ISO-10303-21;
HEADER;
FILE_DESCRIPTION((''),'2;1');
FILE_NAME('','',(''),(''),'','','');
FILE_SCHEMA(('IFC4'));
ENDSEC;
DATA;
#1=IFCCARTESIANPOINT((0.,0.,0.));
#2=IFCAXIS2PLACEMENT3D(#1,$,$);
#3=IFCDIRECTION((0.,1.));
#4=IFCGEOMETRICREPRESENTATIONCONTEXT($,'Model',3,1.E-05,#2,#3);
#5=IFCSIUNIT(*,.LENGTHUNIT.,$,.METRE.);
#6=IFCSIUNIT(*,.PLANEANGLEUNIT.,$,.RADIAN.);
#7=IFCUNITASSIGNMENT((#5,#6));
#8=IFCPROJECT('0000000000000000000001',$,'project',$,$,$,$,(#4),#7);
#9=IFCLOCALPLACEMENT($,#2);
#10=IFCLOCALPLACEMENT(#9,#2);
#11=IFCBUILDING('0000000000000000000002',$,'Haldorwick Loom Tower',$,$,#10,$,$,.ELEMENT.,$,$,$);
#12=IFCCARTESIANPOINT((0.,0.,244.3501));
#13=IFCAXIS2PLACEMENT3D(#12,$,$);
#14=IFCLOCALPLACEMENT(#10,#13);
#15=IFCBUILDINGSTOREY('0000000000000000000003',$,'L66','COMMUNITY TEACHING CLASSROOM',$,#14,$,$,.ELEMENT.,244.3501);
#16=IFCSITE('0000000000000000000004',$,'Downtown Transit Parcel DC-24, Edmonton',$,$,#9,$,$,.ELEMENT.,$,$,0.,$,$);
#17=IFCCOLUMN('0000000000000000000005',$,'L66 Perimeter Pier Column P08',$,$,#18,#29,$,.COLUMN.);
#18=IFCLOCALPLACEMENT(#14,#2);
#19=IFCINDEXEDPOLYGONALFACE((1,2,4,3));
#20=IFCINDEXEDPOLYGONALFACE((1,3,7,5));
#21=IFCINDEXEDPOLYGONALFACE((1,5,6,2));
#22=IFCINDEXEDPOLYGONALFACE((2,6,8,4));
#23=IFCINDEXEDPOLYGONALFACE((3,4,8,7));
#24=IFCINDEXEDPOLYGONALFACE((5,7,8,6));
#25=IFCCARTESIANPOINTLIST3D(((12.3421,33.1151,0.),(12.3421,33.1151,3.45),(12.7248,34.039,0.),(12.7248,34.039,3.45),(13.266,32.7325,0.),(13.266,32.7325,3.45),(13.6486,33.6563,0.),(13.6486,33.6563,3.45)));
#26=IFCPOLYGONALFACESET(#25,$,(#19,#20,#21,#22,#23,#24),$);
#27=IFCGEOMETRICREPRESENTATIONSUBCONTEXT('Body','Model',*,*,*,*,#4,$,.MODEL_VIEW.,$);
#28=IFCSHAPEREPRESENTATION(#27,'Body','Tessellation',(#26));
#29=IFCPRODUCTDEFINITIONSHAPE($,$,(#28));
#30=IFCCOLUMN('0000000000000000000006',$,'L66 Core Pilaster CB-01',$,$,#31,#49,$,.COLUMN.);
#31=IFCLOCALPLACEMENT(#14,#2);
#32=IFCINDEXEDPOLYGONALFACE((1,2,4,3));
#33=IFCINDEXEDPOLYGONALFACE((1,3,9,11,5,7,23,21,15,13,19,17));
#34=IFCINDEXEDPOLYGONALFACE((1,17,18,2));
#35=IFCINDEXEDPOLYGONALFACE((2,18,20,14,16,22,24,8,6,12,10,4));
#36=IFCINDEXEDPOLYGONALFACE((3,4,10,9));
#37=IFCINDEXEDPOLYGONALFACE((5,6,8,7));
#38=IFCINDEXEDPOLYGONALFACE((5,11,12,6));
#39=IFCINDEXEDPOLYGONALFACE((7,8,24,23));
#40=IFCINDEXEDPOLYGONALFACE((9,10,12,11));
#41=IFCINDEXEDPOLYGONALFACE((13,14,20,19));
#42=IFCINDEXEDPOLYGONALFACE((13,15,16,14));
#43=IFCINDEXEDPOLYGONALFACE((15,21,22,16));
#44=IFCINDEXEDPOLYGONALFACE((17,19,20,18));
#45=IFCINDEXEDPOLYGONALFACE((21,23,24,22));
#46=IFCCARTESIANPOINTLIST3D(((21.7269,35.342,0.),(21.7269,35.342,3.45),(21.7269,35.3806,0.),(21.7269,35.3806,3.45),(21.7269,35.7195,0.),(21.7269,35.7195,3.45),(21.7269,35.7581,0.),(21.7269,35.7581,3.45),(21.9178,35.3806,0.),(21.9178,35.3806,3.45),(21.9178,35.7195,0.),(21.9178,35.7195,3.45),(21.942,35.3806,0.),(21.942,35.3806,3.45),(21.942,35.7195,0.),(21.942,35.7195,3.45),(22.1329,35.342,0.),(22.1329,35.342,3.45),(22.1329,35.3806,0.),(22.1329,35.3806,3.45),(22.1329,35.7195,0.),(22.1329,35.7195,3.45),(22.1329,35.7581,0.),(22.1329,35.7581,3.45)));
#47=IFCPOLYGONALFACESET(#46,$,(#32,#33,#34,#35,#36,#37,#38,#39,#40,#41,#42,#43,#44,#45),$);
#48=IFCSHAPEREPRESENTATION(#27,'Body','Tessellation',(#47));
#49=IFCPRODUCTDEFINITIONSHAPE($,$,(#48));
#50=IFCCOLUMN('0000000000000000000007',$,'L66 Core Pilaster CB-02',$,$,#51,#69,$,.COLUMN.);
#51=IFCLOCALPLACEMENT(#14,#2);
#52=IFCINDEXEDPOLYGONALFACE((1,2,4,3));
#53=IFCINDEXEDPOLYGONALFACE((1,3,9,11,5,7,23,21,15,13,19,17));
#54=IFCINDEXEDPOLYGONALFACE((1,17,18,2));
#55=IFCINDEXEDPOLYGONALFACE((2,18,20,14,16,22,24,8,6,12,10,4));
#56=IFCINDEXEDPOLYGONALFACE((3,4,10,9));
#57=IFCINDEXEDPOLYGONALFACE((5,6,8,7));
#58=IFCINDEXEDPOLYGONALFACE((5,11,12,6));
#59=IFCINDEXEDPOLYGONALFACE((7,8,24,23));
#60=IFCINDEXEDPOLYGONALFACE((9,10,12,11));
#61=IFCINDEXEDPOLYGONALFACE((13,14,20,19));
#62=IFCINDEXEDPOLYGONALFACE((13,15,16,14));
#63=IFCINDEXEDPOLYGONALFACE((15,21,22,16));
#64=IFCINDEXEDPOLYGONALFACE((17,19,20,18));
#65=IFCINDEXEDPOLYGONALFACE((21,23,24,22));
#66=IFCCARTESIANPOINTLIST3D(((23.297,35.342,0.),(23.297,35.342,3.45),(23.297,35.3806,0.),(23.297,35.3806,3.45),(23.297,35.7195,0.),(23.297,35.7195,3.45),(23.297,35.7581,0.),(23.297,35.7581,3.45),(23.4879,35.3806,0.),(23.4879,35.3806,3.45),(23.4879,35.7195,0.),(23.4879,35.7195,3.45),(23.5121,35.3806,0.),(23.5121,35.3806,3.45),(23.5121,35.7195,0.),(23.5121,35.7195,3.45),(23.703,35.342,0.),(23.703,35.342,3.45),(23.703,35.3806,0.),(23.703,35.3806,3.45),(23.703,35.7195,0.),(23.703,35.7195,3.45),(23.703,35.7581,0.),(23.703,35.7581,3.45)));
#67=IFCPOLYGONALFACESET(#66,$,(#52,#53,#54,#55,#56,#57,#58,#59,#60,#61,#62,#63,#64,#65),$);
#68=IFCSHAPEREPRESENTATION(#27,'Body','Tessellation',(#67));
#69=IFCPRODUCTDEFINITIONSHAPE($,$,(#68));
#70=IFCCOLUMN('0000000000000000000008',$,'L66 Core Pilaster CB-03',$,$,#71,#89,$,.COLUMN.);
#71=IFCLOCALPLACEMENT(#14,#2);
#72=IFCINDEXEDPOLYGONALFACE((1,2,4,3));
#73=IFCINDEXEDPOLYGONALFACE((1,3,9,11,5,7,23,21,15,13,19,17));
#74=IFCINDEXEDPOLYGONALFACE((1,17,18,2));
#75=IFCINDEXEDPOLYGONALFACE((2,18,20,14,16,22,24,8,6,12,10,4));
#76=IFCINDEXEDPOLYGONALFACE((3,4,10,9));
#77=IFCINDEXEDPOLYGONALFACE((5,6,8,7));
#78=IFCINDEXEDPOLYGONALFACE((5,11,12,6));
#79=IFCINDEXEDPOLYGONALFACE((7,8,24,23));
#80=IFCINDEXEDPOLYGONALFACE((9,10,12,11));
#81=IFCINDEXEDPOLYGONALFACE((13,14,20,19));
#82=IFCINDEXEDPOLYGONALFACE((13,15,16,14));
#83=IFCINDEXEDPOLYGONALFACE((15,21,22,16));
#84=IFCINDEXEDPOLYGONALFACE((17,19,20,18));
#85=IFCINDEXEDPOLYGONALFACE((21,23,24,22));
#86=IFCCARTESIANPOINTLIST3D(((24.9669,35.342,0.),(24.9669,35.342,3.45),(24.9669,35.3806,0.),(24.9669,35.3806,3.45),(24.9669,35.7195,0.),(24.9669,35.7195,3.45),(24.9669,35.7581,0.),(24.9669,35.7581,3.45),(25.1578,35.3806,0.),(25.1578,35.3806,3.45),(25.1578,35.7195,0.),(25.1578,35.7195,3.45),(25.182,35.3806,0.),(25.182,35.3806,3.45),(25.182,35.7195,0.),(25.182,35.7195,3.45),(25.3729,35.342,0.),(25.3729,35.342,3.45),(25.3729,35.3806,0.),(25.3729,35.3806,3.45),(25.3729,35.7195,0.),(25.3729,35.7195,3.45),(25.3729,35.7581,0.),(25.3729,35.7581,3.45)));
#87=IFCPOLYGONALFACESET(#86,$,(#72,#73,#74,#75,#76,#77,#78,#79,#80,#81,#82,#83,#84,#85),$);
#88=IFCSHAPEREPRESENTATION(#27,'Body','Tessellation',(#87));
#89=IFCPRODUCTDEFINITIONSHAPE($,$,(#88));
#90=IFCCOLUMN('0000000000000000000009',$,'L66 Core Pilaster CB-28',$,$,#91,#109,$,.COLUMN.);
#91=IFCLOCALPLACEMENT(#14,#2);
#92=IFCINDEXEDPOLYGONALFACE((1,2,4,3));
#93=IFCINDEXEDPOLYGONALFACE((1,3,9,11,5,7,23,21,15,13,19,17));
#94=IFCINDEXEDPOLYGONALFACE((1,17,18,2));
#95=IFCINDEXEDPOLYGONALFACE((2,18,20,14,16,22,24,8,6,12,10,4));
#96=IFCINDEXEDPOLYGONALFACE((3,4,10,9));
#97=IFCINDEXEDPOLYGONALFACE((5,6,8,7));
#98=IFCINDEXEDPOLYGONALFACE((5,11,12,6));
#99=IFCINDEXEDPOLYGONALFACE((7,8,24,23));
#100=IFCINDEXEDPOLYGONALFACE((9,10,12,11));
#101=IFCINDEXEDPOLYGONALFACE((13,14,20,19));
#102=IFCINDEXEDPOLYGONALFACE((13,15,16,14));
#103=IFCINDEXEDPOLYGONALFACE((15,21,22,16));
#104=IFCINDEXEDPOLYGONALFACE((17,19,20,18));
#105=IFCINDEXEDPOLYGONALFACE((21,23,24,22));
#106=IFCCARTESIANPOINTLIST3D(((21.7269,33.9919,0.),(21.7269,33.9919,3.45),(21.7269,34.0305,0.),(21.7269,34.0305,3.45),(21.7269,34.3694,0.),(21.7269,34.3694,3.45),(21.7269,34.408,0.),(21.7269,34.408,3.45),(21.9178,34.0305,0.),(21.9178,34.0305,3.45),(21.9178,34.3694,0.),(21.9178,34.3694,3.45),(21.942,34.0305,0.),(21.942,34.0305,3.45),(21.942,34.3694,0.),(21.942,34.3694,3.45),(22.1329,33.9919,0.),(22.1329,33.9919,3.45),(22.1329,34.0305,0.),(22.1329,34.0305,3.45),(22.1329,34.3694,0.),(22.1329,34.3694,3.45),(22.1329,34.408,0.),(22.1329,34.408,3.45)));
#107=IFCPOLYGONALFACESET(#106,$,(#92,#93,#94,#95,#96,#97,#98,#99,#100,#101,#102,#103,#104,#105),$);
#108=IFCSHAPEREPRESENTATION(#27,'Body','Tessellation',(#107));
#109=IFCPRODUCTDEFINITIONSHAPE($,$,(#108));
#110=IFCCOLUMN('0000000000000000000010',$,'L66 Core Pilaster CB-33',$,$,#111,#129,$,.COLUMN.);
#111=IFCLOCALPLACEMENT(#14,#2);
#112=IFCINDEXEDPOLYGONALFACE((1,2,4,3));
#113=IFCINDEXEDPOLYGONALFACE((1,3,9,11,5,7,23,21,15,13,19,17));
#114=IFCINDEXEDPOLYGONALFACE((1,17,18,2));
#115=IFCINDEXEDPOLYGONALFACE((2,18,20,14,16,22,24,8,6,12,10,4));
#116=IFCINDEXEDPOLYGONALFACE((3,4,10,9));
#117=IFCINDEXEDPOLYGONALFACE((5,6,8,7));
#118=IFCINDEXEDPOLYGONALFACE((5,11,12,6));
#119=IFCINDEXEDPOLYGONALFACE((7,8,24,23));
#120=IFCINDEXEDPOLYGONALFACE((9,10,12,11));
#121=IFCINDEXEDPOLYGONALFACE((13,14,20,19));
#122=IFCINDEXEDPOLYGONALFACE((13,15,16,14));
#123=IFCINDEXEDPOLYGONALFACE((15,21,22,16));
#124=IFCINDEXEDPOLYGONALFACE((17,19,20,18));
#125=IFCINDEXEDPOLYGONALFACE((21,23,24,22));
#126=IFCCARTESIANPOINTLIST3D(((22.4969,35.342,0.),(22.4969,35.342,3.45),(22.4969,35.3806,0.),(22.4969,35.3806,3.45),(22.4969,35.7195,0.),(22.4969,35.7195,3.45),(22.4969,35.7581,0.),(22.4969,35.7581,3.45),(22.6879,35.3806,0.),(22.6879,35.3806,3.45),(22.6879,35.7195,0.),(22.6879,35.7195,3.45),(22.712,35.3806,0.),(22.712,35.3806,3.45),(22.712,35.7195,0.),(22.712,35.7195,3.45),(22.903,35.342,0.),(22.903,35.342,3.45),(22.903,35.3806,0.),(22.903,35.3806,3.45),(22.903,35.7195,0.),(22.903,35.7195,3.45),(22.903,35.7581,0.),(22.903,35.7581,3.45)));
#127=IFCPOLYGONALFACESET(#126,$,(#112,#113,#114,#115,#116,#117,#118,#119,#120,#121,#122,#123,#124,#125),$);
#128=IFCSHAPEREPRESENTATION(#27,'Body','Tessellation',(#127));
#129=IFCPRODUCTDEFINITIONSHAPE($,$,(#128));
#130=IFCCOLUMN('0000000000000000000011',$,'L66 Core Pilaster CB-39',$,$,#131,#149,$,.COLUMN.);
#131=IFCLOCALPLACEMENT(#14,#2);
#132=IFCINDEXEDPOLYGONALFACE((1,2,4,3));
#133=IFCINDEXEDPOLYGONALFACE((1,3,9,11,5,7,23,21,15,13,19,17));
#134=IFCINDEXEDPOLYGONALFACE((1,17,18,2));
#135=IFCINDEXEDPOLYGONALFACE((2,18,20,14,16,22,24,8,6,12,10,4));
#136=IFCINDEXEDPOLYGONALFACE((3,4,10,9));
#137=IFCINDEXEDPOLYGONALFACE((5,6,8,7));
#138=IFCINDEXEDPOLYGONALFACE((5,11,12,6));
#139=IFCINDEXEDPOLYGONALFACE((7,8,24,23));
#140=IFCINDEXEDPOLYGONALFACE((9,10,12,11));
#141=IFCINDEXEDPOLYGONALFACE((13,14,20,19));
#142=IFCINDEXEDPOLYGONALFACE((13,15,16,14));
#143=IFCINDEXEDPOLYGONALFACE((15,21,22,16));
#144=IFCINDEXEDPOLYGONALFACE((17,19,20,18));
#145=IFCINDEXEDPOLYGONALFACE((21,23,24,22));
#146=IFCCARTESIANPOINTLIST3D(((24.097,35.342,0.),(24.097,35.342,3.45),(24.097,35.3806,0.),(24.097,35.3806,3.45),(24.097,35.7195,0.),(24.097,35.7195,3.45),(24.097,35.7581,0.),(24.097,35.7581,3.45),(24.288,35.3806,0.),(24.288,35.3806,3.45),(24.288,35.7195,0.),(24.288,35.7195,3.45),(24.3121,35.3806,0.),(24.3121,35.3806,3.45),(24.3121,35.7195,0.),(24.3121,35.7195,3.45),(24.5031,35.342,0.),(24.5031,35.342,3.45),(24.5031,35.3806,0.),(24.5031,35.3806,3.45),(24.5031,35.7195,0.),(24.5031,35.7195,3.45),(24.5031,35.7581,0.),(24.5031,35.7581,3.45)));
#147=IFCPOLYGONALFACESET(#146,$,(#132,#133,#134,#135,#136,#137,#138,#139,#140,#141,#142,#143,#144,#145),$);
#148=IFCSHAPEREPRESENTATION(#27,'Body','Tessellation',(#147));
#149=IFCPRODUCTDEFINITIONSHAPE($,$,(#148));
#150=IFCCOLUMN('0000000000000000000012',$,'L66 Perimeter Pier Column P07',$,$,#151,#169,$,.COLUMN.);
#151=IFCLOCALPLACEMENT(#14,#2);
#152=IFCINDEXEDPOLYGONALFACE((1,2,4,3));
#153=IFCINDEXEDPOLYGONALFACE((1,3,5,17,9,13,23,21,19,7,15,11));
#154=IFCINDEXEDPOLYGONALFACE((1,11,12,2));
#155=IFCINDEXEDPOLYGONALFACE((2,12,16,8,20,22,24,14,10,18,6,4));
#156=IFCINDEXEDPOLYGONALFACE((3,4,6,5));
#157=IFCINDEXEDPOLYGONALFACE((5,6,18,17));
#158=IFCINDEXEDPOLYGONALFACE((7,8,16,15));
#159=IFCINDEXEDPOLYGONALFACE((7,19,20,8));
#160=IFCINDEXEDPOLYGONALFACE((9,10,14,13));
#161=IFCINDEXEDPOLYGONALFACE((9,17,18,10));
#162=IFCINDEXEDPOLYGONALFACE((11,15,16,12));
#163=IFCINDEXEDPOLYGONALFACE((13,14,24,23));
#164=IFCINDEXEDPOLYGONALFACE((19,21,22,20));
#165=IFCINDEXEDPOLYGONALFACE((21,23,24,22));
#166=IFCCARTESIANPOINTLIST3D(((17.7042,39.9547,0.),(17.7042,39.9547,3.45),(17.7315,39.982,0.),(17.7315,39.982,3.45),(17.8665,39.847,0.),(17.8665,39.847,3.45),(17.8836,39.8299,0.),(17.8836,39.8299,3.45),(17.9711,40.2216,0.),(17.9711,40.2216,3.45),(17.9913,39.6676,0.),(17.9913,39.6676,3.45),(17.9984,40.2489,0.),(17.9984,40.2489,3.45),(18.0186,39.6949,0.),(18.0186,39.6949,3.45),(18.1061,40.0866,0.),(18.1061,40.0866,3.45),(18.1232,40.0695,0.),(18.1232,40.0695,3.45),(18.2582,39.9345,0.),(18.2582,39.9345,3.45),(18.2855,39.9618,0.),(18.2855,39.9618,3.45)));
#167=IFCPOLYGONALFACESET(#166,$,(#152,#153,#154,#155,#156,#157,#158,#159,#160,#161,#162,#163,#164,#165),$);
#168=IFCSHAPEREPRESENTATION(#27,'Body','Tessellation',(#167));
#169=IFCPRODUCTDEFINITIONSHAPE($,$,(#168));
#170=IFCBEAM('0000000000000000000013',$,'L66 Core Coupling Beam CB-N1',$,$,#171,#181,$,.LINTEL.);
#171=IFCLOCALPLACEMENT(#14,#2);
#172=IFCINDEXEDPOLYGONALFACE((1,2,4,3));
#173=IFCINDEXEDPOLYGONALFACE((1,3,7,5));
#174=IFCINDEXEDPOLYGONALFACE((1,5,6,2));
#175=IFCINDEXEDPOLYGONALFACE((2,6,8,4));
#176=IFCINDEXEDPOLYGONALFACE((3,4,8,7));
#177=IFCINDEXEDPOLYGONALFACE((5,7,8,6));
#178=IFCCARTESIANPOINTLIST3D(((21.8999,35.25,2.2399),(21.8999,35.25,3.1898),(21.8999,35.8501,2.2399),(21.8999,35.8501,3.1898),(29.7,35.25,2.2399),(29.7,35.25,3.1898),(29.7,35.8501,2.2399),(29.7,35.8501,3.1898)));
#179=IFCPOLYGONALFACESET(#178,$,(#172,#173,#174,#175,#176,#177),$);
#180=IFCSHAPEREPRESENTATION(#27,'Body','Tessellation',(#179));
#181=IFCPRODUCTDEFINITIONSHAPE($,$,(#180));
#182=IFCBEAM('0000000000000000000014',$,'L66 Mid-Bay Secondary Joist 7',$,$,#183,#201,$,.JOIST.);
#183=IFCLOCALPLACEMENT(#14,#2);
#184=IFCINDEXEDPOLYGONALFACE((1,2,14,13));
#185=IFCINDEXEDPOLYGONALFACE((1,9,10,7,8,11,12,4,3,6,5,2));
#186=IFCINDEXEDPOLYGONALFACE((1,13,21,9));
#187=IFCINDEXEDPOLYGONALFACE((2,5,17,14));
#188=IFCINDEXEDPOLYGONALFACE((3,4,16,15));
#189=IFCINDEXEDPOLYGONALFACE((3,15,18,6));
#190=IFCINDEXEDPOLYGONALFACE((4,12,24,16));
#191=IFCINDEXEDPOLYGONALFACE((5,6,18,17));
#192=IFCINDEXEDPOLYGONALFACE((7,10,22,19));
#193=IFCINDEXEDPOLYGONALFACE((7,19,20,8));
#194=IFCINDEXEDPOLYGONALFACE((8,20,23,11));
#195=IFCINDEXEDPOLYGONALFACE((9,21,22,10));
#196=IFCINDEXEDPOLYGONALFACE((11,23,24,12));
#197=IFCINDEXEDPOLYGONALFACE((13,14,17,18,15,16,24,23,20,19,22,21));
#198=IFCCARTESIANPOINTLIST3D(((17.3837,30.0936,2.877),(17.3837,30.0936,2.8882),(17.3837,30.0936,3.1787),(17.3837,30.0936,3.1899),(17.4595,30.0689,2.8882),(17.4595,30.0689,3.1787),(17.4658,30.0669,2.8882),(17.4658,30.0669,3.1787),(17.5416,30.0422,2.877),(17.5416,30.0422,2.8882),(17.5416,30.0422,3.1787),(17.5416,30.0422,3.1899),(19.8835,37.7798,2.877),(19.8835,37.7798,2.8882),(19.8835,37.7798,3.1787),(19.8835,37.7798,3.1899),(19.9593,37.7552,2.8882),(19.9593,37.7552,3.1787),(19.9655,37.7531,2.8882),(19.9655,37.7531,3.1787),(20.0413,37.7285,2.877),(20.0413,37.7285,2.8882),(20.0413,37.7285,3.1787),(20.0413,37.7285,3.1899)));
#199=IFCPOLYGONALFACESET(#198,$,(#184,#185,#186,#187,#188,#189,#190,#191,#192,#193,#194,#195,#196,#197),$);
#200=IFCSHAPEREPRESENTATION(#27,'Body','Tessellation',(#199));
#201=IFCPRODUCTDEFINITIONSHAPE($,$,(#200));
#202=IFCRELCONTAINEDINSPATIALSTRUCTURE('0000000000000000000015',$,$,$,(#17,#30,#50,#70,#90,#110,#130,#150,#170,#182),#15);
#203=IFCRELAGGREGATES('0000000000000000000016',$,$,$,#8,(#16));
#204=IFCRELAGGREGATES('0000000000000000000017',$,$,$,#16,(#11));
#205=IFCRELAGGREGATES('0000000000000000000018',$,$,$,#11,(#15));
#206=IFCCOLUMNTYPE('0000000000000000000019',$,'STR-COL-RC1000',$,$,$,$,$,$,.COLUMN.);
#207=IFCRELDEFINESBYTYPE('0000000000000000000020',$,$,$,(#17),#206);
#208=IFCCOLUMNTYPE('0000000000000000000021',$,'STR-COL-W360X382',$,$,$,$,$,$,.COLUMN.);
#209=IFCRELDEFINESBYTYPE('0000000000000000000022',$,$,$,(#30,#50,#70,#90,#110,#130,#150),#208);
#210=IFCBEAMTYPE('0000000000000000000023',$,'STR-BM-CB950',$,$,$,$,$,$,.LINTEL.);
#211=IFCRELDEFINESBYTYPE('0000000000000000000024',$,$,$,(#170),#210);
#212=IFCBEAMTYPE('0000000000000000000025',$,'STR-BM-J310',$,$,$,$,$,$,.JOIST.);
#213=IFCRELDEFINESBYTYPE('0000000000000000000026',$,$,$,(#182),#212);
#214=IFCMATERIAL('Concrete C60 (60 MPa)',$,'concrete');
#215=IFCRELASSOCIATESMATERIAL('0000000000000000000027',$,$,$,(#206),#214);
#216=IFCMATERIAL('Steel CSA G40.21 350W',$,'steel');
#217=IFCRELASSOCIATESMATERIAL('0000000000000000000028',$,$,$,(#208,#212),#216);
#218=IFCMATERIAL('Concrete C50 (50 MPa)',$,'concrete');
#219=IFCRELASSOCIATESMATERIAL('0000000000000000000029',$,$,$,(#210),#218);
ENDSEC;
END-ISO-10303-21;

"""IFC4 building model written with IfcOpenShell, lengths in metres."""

from ifc_helpers import new_model, si_unit, direction, frame, origin, origin_2d, place, context, subcontext, project, spatial, rectangle, i_section, extrude, material, material_profile, profile_set, type_object, element, save


model = new_model("IFC4")

# Units and contexts
model_context = context("Model", 3, precision=1e-05, world=origin(), true_north=direction((0.0, 1.0)))
body_context = subcontext(model_context, "Body", "Model", "MODEL_VIEW")
ifc_project = project(units=[si_unit("LENGTHUNIT", "METRE"), si_unit("PLANEANGLEUNIT", "RADIAN")], contexts=[model_context])

# Site, building, storey
site_placement = place(None, origin())
site = spatial("IfcSite", under=ifc_project, at=site_placement, Name="Downtown Transit Parcel DC-24, Edmonton", CompositionType="ELEMENT", RefElevation=0.0)
building_placement = place(site_placement, origin())
building = spatial("IfcBuilding", under=site, at=building_placement, Name="Haldorwick Loom Tower", CompositionType="ELEMENT")
storey_placement = place(building_placement, frame((0.0, 0.0, 244.3501)))
storey = spatial("IfcBuildingStorey", under=building, at=storey_placement, Name="L66", Description="COMMUNITY TEACHING CLASSROOM", CompositionType="ELEMENT", Elevation=244.3501)

# Columns
ifc_material_1 = material(Name="Concrete C60 (60 MPa)", Category="concrete")
ifc_material_profile_1 = material_profile(ifc_material_1, rectangle(XDim=1.0, YDim=1.0, at=origin_2d()), Name="RC1000X1000", Category="concrete")
ifc_profile_set_1 = profile_set([ifc_material_profile_1], Name="Concrete C60 (60 MPa)")
column_type_1 = type_object("IfcColumnType", Name="STR-COL-RC1000", PredefinedType="COLUMN", material=ifc_profile_set_1)
column_placement = place(storey_placement, frame((12.9954, 33.3857, 0.0), z_axis=(0.0, 0.0, 1.0), x_axis=(-0.92388, 0.382683, 0.0)))
element("IfcColumn", 1, at=column_placement, inside=storey, type_object=column_type_1, Name="L66 Perimeter Pier Column P08", PredefinedType="COLUMN", context=body_context, shape_type="SweptSolid", body=[
    extrude(rectangle(XDim=1.0, YDim=1.0, at=origin_2d()), origin(), (0.0, 0.0, 1.0), 3.45),
])
ifc_material_2 = material(Name="Steel CSA G40.21 350W", Category="steel")
ifc_material_profile_2 = material_profile(ifc_material_2, i_section(OverallWidth=0.406, OverallDepth=0.416, WebThickness=0.0242, FlangeThickness=0.0386, at=origin_2d()), Name="W360X382", Category="steel")
ifc_profile_set_2 = profile_set([ifc_material_profile_2], Name="Steel CSA G40.21 350W")
column_type_2 = type_object("IfcColumnType", Name="STR-COL-W360X382", PredefinedType="COLUMN", material=ifc_profile_set_2)
for number, where, z_axis, x_axis, name in (
    (2, (21.9299, 35.55, 0.0), (0.0, 0.0, 1.0), (1.0, 0.0, 0.0), "L66 Core Pilaster CB-01"),
    (3, (23.5, 35.55, 0.0), (0.0, 0.0, 1.0), (1.0, 0.0, 0.0), "L66 Core Pilaster CB-02"),
    (4, (25.1699, 35.55, 0.0), (0.0, 0.0, 1.0), (1.0, 0.0, 0.0), "L66 Core Pilaster CB-03"),
    (5, (21.9299, 34.2, 0.0), (0.0, 0.0, 1.0), (1.0, 0.0, 0.0), "L66 Core Pilaster CB-28"),
    (6, (22.7, 35.55, 0.0), (0.0, 0.0, 1.0), (1.0, 0.0, 0.0), "L66 Core Pilaster CB-33"),
    (7, (24.3, 35.55, 0.0), (0.0, 0.0, 1.0), (1.0, 0.0, 0.0), "L66 Core Pilaster CB-39"),
    (8, (17.9949, 39.9583, 0.0), (0.0, 0.0, 1.0), (-0.707107, 0.707107, 0.0), "L66 Perimeter Pier Column P07"),
):
    element("IfcColumn", number, at=place(storey_placement, frame(where, z_axis=z_axis, x_axis=x_axis)), inside=storey, type_object=column_type_2, Name=name, PredefinedType="COLUMN", context=body_context, shape_type="SweptSolid", body=[
        extrude(i_section(OverallWidth=0.406, OverallDepth=0.416, WebThickness=0.0242, FlangeThickness=0.0386, at=origin_2d()), origin(), (0.0, 0.0, 1.0), 3.45),
    ])

# Beams
ifc_material_3 = material(Name="Concrete C50 (50 MPa)", Category="concrete")
ifc_material_profile_3 = material_profile(ifc_material_3, rectangle(XDim=0.6001, YDim=0.95, at=origin_2d()), Name="RC600X950", Category="concrete")
ifc_profile_set_3 = profile_set([ifc_material_profile_3], Name="Concrete C50 (50 MPa)")
beam_type_1 = type_object("IfcBeamType", Name="STR-BM-CB950", PredefinedType="LINTEL", material=ifc_profile_set_3)
beam_1_placement = place(storey_placement, frame((21.8999, 35.55, 2.7148), z_axis=(1.0, 0.0, 0.0), x_axis=(0.0, 1.0, 0.0)))
element("IfcBeam", 9, at=beam_1_placement, inside=storey, type_object=beam_type_1, Name="L66 Core Coupling Beam CB-N1", PredefinedType="LINTEL", context=body_context, shape_type="SweptSolid", body=[
    extrude(rectangle(XDim=0.6001, YDim=0.95, at=origin_2d()), origin(), (0.0, 0.0, 1.0), 7.8),
])
ifc_material_profile_4 = material_profile(ifc_material_2, i_section(OverallWidth=0.166, OverallDepth=0.313, WebThickness=0.0066, FlangeThickness=0.0112, at=origin_2d()), Name="W310X45", Category="steel")
ifc_profile_set_4 = profile_set([ifc_material_profile_4], Name="Steel CSA G40.21 350W")
beam_type_2 = type_object("IfcBeamType", Name="STR-BM-J310", PredefinedType="JOIST", material=ifc_profile_set_4)
beam_2_placement = place(storey_placement, frame((19.9624, 37.7542, 3.0334), z_axis=(-0.309278, -0.950972, 0.0), x_axis=(0.950972, -0.309278, 0.0)))
element("IfcBeam", 10, at=beam_2_placement, inside=storey, type_object=beam_type_2, Name="L66 Mid-Bay Secondary Joist 7", PredefinedType="JOIST", context=body_context, shape_type="SweptSolid", body=[
    extrude(i_section(OverallWidth=0.166, OverallDepth=0.313, WebThickness=0.0066, FlangeThickness=0.0112, at=origin_2d()), origin(), (0.0, 0.0, 1.0), 8.0825),
])

save(model, "model.ifc")
